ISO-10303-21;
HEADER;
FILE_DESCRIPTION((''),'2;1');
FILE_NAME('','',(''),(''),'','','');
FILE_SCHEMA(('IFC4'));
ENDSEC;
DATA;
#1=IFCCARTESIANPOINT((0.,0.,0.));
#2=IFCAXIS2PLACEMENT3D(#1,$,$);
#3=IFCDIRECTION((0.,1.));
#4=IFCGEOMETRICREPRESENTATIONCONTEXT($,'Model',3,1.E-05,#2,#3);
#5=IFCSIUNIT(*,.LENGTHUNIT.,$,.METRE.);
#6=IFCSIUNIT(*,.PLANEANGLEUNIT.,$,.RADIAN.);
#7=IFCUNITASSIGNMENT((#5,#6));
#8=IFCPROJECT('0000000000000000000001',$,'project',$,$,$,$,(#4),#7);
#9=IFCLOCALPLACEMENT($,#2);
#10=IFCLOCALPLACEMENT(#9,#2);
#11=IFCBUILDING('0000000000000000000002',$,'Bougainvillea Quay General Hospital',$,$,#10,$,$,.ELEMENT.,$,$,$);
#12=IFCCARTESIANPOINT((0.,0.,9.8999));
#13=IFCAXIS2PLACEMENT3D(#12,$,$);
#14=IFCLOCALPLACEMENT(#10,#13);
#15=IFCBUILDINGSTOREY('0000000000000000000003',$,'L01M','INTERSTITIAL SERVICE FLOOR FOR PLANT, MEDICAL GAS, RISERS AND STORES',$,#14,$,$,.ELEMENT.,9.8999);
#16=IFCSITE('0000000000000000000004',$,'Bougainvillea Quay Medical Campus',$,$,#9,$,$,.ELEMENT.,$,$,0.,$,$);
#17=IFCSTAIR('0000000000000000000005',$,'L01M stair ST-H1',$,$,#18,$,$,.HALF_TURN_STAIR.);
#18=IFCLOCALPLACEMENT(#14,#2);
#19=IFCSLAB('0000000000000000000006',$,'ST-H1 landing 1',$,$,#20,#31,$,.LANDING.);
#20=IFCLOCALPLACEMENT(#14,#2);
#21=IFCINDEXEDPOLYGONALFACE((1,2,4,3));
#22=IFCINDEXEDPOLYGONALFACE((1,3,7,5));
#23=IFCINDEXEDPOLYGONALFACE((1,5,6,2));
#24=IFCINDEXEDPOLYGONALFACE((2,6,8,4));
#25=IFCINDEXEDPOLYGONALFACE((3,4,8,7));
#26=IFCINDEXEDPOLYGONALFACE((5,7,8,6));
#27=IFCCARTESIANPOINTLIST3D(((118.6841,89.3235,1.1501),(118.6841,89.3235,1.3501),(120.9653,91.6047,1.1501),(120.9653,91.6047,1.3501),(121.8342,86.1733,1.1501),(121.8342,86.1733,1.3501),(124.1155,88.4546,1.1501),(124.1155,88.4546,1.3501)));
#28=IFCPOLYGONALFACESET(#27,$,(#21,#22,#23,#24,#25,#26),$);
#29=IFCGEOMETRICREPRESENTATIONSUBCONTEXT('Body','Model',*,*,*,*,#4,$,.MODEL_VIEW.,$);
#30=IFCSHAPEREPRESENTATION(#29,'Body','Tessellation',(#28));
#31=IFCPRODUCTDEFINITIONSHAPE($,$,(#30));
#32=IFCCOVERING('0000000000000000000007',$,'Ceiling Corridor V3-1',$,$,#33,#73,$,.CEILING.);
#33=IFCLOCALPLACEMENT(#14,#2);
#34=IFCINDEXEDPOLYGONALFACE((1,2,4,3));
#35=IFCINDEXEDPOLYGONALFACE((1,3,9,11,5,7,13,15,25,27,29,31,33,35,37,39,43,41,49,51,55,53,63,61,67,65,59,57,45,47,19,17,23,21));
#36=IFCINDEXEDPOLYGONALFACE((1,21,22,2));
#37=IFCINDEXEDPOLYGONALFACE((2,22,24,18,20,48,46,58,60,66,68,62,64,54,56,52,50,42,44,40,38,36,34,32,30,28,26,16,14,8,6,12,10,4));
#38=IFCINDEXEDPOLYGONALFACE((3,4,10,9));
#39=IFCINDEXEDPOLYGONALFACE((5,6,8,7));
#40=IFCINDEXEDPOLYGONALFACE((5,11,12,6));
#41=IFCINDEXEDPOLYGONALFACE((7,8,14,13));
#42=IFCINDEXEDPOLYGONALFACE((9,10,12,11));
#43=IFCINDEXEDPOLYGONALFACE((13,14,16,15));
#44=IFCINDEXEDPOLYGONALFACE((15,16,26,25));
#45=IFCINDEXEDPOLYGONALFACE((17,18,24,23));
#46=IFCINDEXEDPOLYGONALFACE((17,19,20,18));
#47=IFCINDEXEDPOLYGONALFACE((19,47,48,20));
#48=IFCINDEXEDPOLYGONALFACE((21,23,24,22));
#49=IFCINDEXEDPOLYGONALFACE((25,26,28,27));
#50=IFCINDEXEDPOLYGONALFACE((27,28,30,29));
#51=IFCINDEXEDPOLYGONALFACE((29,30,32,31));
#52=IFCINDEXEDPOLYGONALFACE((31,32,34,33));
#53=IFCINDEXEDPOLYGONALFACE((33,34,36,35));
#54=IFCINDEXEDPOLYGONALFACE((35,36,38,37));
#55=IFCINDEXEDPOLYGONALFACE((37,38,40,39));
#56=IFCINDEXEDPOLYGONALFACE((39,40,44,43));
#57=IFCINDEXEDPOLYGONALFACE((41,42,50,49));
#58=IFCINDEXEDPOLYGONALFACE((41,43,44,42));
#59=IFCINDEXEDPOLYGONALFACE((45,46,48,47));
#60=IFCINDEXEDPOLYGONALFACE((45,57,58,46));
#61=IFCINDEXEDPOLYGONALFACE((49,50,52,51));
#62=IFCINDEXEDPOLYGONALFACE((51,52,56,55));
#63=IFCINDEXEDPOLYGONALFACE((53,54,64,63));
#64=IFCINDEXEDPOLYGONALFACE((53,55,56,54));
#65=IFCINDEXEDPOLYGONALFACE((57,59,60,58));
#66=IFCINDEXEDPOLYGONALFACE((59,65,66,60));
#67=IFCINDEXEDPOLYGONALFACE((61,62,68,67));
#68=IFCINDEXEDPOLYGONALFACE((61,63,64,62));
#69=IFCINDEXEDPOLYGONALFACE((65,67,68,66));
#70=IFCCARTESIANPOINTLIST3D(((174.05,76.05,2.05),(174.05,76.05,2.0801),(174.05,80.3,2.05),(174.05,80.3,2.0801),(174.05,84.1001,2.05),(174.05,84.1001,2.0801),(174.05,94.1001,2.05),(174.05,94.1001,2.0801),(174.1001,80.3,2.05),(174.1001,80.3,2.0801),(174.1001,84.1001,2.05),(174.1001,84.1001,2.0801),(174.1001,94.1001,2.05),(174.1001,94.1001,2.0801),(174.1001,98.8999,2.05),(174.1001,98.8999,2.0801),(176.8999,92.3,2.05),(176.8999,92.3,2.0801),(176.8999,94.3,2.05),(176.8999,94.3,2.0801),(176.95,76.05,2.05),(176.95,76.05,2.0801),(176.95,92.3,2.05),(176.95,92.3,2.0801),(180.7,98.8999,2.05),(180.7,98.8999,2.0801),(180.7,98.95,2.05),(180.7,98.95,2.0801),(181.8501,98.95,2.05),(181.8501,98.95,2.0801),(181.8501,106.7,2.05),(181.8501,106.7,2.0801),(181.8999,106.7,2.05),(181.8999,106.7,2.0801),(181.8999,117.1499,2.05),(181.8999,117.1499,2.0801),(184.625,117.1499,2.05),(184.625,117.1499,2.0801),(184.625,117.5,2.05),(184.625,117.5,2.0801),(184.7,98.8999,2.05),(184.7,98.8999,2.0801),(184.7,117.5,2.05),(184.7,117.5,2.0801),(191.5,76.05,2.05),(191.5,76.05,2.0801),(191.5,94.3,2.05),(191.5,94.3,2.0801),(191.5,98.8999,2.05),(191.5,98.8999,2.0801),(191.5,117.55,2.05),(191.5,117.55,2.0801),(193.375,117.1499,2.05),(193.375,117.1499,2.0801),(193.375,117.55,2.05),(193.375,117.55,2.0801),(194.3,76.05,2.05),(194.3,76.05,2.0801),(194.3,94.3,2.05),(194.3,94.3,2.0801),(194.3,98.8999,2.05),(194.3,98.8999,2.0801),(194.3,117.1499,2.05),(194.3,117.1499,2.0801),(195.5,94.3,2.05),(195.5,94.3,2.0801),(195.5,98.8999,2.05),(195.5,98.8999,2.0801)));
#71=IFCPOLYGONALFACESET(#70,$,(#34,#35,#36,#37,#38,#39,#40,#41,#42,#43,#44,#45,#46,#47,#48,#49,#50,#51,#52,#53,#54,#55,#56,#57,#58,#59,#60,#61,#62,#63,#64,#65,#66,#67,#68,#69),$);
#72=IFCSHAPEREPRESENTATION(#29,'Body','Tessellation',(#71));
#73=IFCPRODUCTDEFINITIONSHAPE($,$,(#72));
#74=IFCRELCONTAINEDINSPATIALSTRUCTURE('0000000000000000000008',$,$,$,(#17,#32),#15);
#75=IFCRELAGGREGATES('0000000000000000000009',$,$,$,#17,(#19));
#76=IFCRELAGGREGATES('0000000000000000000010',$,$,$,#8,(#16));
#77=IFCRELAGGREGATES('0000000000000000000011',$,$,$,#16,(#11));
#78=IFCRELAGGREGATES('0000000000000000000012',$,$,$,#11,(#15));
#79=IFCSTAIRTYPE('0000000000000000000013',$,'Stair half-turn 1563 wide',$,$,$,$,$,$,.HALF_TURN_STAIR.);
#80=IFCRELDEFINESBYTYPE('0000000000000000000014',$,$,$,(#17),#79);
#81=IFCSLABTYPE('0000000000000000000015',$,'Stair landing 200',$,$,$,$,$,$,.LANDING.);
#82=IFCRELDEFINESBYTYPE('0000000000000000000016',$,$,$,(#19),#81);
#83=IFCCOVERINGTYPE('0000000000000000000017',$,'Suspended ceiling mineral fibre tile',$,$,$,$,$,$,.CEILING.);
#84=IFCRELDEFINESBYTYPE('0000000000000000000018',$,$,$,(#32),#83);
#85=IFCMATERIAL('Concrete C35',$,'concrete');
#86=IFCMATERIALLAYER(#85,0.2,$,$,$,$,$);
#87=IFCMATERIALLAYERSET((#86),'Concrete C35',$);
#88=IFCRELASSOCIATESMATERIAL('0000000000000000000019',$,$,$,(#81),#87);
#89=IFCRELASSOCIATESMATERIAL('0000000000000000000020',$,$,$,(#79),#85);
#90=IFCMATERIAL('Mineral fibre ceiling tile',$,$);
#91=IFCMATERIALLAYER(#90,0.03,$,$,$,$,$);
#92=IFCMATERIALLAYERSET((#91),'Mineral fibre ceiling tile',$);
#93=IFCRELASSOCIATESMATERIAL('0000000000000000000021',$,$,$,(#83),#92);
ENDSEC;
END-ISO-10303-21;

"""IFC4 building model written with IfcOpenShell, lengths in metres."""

from ifc_helpers import new_model, si_unit, direction, frame, origin, place, context, subcontext, project, spatial, polyline, outline, extrude, material, layer, layer_set, type_object, element, aggregate, save


model = new_model("IFC4")

# Units and contexts
model_context = context("Model", 3, precision=1e-05, world=origin(), true_north=direction((0.0, 1.0)))
body_context = subcontext(model_context, "Body", "Model", "MODEL_VIEW")
ifc_project = project(units=[si_unit("LENGTHUNIT", "METRE"), si_unit("PLANEANGLEUNIT", "RADIAN")], contexts=[model_context])

# Site, building, storey
site_placement = place(None, origin())
site = spatial("IfcSite", under=ifc_project, at=site_placement, Name="Bougainvillea Quay Medical Campus", CompositionType="ELEMENT", RefElevation=0.0)
building_placement = place(site_placement, origin())
building = spatial("IfcBuilding", under=site, at=building_placement, Name="Bougainvillea Quay General Hospital", CompositionType="ELEMENT")
storey_placement = place(building_placement, frame((0.0, 0.0, 9.8999)))
storey = spatial("IfcBuildingStorey", under=building, at=storey_placement, Name="L01M", Description="INTERSTITIAL SERVICE FLOOR FOR PLANT, MEDICAL GAS, RISERS AND STORES", CompositionType="ELEMENT", Elevation=9.8999)

# Shared definitions
ifc_material_1 = material(Name="Concrete C35", Category="concrete")

# Stair, slab
ifc_layer_1 = layer(ifc_material_1, 0.2)
ifc_layer_set_1 = layer_set([ifc_layer_1], Name="Concrete C35")
slab_type_1 = type_object("IfcSlabType", Name="Stair landing 200", PredefinedType="LANDING", material=ifc_layer_set_1)
stair_type_1 = type_object("IfcStairType", Name="Stair half-turn 1563 wide", PredefinedType="HALF_TURN_STAIR", material=ifc_material_1)
stair_1_placement = place(storey_placement, origin())
stair_1 = element("IfcStair", 1, at=stair_1_placement, inside=storey, type_object=stair_type_1, Name="L01M stair ST-H1", PredefinedType="HALF_TURN_STAIR")
slab_1_placement = place(storey_placement, frame((0.0, 0.0, 1.1501)))
slab_1 = element("IfcSlab", 2, at=slab_1_placement, type_object=slab_type_1, Name="ST-H1 landing 1", PredefinedType="LANDING", context=body_context, shape_type="SweptSolid", body=[
    extrude(outline(polyline([(124.1155, 88.4546), (120.9653, 91.6047), (118.6841, 89.3235), (121.8342, 86.1733), (124.1155, 88.4546)])), origin(), (0.0, 0.0, 1.0), 0.2),
])
aggregate(stair_1, [slab_1])

# Covering
ifc_material_2 = material(Name="Mineral fibre ceiling tile")
ifc_layer_2 = layer(ifc_material_2, 0.03)
ifc_layer_set_2 = layer_set([ifc_layer_2], Name="Mineral fibre ceiling tile")
covering_type = type_object("IfcCoveringType", Name="Suspended ceiling mineral fibre tile", PredefinedType="CEILING", material=ifc_layer_set_2)
covering_placement = place(storey_placement, frame((0.0, 0.0, 2.05)))
element("IfcCovering", 3, at=covering_placement, inside=storey, type_object=covering_type, Name="Ceiling Corridor V3-1", PredefinedType="CEILING", context=body_context, shape_type="SweptSolid", body=[
    extrude(outline(polyline([(191.5, 76.05), (194.3, 76.05), (194.3, 94.3), (195.5, 94.3), (195.5, 98.8999), (194.3, 98.8999), (194.3, 117.1499), (193.375, 117.1499), (193.375, 117.55), (191.5, 117.55), (191.5, 98.8999), (184.7, 98.8999), (184.7, 117.5), (184.625, 117.5), (184.625, 117.1499), (181.8999, 117.1499), (181.8999, 106.7), (181.8501, 106.7), (181.8501, 98.95), (180.7, 98.95), (180.7, 98.8999), (174.1001, 98.8999), (174.1001, 94.1001), (174.05, 94.1001), (174.05, 84.1001), (174.1001, 84.1001), (174.1001, 80.3), (174.05, 80.3), (174.05, 76.05), (176.95, 76.05), (176.95, 92.3), (176.8999, 92.3), (176.8999, 94.3), (191.5, 94.3), (191.5, 76.05)])), origin(), (0.0, 0.0, 1.0), 0.03),
])

save(model, "model.ifc")
